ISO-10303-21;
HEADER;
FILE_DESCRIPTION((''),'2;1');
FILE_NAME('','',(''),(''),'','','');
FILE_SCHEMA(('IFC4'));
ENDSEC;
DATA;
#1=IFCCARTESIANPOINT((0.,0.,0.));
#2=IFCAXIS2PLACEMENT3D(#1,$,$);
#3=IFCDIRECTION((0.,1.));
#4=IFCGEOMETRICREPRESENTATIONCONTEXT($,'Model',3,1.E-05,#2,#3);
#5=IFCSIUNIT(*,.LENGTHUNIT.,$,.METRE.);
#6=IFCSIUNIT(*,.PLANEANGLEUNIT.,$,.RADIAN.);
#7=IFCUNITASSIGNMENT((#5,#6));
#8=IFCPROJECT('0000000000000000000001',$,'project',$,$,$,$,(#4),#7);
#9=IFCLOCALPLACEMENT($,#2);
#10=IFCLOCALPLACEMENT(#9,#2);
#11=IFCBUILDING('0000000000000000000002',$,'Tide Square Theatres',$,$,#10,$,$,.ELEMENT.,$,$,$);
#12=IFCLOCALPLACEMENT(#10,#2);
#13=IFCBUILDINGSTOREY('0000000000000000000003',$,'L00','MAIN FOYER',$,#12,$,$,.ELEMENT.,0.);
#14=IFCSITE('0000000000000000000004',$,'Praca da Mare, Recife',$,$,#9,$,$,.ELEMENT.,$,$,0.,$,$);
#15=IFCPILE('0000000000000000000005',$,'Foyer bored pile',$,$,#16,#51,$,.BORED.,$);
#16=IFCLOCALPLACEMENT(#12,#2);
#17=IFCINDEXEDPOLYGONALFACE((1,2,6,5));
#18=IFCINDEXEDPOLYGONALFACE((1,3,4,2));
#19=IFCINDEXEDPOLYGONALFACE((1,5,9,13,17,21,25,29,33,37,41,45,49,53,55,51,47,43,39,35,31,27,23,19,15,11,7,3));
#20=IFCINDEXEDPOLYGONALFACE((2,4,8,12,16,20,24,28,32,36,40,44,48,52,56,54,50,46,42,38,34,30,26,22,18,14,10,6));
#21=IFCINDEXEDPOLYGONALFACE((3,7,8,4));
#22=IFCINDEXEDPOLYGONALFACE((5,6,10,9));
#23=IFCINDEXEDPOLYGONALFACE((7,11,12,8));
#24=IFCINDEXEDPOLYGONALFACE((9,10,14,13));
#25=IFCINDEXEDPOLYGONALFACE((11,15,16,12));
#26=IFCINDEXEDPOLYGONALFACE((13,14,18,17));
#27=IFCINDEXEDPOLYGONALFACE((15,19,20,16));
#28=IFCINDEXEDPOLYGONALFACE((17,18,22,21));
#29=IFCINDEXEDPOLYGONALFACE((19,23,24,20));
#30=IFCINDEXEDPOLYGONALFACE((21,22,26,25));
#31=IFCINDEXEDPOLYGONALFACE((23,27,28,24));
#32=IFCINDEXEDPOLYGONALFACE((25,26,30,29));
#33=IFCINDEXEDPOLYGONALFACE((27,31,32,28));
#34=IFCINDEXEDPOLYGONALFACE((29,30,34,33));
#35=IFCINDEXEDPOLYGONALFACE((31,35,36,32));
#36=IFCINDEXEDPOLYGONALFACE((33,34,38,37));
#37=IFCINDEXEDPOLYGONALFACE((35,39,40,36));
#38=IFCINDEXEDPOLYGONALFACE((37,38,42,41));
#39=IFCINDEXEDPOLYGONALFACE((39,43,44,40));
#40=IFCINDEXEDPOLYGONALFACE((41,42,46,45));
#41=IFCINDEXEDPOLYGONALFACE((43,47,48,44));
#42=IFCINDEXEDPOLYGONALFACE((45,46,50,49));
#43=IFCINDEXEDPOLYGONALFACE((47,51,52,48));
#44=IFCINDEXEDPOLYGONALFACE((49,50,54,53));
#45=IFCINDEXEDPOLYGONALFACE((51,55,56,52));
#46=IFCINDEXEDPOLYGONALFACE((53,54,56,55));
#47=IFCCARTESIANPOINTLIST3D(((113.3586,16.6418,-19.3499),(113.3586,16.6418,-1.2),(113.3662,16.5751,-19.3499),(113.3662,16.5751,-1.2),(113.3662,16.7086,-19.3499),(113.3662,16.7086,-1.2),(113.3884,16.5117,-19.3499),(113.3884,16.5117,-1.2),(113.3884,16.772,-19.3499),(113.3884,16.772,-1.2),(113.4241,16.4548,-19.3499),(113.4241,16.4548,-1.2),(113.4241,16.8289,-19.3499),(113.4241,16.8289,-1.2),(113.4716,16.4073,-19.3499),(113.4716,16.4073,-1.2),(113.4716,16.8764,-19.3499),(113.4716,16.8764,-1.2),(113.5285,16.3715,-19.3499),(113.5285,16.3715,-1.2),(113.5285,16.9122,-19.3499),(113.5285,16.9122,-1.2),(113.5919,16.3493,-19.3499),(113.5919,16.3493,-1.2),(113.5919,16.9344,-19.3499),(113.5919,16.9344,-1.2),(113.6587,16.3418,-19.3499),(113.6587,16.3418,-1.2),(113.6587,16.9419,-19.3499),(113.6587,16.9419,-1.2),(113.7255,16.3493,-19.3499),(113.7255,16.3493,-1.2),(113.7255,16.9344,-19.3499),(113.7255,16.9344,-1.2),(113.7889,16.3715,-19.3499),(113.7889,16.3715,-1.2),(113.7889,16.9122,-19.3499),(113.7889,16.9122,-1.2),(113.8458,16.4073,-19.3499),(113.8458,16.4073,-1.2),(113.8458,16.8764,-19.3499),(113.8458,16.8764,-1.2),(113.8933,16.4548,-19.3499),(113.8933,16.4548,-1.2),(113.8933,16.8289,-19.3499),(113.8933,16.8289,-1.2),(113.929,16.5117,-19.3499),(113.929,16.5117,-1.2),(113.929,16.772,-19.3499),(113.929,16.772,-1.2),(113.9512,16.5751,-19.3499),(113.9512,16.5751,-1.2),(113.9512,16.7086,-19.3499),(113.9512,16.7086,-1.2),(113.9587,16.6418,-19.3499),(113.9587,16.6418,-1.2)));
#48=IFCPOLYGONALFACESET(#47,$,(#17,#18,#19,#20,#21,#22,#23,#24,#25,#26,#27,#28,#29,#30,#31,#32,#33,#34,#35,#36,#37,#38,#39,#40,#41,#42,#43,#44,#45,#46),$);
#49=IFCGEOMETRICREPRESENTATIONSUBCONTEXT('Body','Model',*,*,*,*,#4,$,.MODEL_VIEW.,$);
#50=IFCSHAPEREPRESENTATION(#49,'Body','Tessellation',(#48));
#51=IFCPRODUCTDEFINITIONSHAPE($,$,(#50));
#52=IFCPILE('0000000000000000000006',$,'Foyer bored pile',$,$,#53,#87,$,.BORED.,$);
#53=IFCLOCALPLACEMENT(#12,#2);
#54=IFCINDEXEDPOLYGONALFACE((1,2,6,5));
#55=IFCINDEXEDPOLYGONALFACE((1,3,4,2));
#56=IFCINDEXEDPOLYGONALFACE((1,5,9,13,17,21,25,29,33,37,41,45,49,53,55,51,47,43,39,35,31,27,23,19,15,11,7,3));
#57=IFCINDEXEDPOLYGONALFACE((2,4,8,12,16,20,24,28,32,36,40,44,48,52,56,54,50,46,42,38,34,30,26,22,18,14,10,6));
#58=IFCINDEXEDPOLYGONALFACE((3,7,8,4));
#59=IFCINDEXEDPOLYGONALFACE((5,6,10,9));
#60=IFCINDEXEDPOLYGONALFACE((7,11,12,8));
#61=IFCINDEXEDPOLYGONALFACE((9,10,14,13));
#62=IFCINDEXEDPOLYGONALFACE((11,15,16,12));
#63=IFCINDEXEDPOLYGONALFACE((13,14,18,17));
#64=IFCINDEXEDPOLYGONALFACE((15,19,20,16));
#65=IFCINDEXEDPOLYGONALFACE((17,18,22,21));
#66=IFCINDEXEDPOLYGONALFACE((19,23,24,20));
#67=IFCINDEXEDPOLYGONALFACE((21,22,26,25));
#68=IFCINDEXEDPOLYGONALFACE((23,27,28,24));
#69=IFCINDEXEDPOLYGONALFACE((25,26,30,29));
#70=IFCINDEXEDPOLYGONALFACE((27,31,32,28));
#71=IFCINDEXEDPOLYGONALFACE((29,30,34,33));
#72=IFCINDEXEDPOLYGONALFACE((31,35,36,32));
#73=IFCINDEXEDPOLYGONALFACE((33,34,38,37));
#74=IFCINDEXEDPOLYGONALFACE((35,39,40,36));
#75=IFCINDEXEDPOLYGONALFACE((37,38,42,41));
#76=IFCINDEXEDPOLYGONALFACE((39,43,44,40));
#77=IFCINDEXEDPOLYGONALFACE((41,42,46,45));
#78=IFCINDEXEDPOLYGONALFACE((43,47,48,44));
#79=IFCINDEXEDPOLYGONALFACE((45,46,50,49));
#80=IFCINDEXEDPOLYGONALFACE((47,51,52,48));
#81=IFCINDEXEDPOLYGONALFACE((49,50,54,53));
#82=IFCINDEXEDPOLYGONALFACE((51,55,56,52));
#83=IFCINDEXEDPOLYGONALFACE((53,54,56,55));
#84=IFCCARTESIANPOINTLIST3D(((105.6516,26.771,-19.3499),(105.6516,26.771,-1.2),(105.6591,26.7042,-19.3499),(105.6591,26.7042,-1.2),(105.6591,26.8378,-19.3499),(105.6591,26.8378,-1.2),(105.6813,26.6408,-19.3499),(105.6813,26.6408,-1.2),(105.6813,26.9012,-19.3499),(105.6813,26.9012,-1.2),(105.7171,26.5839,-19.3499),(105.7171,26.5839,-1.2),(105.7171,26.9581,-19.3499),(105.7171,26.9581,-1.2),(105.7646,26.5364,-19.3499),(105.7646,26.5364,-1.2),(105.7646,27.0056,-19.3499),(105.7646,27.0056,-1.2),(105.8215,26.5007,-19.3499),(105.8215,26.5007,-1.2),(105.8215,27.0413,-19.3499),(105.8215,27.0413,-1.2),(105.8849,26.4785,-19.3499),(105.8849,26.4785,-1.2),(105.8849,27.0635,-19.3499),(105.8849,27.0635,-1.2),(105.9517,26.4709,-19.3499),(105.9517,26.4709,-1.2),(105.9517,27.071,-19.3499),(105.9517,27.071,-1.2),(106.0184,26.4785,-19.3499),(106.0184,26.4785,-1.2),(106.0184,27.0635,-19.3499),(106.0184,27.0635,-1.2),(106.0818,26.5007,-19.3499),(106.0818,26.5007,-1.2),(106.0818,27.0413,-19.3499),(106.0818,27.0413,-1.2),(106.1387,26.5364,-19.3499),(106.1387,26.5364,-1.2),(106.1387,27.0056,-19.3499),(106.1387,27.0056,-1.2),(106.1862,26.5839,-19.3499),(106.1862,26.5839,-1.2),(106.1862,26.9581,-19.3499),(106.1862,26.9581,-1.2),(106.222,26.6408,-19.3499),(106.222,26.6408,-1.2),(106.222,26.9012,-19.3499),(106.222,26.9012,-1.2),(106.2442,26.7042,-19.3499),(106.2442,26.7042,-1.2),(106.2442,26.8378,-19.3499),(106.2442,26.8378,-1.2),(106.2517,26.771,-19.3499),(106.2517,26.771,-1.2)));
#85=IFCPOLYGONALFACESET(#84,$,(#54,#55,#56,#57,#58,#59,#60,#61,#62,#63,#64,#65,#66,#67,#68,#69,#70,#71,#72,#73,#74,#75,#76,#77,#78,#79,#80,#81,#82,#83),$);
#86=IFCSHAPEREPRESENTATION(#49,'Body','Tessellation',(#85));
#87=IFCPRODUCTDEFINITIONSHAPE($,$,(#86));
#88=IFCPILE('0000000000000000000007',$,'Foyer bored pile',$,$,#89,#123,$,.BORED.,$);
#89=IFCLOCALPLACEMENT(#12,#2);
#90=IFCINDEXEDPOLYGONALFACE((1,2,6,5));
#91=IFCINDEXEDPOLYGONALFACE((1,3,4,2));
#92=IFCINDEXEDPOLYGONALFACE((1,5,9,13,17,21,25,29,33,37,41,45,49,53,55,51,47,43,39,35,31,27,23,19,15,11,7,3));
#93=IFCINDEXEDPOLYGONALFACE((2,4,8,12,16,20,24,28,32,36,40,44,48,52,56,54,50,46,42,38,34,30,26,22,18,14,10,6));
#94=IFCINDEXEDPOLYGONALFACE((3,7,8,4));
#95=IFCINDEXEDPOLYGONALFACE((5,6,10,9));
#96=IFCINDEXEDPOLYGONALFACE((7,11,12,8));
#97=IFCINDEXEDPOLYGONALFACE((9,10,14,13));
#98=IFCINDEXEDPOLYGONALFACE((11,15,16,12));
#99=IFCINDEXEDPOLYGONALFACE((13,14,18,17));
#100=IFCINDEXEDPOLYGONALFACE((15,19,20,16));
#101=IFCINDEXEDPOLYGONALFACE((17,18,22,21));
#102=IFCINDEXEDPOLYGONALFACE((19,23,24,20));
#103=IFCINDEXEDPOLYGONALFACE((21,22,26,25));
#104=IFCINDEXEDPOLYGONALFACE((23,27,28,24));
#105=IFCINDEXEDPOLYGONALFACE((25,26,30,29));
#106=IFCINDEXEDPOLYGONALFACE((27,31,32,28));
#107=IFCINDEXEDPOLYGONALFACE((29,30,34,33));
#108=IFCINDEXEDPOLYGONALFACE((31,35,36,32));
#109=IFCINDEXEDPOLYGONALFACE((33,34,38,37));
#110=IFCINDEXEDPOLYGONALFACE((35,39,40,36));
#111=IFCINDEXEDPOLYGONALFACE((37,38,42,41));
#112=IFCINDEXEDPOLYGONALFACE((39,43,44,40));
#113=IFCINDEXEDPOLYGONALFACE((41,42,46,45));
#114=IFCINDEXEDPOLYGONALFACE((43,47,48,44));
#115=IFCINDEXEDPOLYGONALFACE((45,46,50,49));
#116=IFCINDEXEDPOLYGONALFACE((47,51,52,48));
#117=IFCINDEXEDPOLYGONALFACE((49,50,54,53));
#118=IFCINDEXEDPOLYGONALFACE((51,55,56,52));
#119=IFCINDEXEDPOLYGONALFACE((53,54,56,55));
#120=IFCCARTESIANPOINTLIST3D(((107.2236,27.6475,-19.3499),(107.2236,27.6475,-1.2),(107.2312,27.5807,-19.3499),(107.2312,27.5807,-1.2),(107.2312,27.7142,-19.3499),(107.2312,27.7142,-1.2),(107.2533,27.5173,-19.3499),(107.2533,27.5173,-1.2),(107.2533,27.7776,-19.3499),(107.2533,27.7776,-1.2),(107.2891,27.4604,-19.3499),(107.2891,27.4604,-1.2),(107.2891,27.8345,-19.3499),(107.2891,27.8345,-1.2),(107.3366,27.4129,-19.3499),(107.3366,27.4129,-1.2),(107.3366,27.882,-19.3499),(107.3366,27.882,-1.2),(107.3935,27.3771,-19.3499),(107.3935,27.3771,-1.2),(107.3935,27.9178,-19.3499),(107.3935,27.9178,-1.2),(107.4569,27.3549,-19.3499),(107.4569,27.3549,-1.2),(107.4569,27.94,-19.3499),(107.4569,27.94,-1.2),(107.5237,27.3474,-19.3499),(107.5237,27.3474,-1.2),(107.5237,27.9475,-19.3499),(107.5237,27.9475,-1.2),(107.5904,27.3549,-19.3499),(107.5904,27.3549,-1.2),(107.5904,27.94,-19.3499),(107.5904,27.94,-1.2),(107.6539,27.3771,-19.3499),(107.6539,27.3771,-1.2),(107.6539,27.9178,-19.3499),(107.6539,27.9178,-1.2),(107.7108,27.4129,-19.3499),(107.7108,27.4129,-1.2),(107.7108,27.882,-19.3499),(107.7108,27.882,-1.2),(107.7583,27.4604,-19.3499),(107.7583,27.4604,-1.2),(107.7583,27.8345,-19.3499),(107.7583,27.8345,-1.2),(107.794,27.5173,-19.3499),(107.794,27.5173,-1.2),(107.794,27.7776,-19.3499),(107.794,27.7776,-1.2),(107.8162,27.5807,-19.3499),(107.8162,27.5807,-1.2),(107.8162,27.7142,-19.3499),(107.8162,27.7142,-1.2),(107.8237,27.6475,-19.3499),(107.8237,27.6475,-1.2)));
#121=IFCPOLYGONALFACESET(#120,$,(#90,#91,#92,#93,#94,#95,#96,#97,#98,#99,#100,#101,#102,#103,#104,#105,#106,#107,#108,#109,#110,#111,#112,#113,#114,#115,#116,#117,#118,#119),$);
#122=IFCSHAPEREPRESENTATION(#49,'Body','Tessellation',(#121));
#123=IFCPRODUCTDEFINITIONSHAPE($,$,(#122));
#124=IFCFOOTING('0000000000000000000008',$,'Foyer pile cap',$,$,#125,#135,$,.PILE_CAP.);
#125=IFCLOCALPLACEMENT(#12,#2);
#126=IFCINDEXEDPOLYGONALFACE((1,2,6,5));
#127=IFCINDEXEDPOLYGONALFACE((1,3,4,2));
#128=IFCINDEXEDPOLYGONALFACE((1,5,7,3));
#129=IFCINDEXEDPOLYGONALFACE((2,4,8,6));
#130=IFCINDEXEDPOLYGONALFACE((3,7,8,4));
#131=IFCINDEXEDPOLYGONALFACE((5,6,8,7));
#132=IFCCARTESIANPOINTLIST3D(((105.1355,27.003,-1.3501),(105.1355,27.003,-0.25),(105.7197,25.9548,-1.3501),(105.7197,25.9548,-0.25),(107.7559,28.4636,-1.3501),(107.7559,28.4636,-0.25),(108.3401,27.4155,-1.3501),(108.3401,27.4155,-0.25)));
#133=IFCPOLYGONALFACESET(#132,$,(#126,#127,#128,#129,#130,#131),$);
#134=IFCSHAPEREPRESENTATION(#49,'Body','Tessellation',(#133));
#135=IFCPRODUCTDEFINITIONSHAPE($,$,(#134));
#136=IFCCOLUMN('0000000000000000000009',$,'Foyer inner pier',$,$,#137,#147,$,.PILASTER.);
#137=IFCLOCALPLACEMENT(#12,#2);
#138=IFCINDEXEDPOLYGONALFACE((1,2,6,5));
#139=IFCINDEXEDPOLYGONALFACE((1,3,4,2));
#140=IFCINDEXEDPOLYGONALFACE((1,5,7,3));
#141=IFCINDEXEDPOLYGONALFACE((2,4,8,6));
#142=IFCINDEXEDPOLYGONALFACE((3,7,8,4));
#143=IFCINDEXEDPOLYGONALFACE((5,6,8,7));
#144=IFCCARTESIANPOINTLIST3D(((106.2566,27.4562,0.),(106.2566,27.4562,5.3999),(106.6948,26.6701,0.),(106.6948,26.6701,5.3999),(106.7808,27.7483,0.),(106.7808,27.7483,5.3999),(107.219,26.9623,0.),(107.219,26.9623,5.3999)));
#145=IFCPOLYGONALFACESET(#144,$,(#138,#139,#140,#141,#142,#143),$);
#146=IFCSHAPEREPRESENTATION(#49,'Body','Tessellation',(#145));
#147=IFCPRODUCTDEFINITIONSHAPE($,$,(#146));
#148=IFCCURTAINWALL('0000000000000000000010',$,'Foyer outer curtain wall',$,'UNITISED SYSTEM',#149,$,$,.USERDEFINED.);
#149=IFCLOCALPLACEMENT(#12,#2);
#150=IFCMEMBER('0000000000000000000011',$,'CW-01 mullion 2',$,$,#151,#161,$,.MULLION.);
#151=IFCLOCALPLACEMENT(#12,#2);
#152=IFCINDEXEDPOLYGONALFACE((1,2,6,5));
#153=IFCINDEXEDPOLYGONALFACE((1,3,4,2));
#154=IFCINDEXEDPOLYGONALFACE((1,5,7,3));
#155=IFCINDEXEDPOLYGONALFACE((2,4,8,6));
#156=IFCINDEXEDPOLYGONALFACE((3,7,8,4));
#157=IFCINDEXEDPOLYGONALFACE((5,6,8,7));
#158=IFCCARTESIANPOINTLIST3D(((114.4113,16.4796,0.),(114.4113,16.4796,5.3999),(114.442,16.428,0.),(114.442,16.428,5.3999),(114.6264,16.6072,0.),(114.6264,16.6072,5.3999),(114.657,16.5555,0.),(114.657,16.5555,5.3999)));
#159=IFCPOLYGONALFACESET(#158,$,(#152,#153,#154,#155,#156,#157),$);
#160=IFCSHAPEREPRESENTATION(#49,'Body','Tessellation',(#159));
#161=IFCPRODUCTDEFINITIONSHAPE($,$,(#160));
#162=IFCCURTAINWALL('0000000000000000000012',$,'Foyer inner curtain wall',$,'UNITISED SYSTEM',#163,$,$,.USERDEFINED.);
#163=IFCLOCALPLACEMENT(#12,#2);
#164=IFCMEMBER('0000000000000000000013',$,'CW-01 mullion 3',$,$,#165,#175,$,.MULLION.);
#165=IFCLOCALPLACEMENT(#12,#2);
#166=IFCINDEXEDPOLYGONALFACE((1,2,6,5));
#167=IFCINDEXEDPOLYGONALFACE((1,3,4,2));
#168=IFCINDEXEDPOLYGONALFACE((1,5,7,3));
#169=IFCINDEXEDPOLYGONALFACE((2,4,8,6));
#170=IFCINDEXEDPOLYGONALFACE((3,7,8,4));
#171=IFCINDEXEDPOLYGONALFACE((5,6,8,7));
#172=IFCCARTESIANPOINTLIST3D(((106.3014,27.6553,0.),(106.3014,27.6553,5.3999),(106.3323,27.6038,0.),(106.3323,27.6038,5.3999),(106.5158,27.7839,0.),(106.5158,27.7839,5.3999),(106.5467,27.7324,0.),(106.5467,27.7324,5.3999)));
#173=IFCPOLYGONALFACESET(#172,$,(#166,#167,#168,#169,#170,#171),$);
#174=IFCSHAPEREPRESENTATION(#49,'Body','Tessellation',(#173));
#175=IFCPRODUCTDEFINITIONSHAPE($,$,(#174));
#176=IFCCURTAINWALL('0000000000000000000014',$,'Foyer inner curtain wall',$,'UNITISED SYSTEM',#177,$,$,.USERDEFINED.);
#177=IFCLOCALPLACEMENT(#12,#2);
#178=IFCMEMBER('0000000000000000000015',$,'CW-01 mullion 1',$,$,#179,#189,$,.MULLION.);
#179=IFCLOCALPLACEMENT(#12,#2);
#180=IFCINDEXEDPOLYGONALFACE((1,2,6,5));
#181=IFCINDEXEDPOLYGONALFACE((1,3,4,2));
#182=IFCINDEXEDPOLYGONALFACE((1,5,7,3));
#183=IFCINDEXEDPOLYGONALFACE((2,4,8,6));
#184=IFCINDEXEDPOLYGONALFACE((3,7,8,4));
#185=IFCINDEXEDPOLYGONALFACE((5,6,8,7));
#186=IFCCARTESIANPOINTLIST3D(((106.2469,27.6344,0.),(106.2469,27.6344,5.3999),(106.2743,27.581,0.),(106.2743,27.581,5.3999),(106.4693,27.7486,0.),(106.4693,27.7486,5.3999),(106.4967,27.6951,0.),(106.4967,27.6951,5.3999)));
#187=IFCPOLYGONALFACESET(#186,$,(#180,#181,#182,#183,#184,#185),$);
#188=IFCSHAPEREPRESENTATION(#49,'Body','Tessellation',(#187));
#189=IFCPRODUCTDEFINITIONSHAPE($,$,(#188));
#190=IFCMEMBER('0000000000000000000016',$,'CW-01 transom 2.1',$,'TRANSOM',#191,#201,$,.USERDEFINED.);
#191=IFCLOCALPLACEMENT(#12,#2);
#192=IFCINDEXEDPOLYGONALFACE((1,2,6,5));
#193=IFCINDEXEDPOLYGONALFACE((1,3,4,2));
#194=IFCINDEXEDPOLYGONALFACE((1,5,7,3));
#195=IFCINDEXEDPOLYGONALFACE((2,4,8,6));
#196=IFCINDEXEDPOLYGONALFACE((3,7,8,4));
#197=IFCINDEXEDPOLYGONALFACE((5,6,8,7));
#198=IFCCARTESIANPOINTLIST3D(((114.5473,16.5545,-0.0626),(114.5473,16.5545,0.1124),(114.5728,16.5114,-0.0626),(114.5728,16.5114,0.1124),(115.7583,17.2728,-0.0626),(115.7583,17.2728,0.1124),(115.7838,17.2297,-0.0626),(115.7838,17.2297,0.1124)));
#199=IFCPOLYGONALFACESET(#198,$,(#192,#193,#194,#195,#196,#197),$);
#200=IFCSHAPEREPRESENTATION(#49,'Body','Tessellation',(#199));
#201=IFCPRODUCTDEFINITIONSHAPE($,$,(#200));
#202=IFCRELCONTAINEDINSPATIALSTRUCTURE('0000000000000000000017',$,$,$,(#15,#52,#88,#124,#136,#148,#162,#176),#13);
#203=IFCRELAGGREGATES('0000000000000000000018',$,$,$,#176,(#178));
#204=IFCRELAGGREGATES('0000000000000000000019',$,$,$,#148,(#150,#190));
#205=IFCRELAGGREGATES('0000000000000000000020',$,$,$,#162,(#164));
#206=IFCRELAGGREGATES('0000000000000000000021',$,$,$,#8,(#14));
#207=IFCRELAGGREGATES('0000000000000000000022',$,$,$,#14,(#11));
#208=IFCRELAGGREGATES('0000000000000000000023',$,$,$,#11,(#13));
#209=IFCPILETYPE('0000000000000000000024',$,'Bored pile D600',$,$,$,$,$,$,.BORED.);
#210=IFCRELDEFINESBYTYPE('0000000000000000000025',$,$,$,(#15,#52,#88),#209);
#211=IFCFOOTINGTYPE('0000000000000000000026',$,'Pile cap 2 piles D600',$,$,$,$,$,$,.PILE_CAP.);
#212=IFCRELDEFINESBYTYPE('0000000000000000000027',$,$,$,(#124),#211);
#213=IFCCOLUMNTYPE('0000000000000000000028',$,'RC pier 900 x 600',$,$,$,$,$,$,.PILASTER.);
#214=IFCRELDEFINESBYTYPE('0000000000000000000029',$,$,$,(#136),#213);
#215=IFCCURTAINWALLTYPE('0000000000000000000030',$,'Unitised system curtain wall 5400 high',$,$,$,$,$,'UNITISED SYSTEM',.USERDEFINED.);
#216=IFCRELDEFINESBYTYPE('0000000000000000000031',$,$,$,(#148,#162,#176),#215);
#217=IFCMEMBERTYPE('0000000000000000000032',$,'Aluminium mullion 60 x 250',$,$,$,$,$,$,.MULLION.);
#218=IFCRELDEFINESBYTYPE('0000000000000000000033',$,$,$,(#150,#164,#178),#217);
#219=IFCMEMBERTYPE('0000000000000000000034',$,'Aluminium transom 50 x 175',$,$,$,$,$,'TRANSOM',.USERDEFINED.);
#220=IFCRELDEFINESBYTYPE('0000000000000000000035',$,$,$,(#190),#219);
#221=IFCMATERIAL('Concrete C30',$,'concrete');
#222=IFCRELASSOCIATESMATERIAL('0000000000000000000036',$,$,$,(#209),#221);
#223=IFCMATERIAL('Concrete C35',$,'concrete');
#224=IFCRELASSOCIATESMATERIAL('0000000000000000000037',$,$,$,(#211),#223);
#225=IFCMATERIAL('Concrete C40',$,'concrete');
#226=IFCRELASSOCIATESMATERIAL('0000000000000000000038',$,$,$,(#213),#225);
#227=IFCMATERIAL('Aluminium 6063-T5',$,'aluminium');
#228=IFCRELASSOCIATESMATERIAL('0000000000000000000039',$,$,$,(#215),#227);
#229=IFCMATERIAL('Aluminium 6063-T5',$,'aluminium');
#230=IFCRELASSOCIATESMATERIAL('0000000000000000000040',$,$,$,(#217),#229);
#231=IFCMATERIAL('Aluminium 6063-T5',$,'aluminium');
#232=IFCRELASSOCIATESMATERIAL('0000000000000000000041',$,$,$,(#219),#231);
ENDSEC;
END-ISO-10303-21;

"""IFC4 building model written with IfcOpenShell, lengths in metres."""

from ifc_helpers import new_model, si_unit, direction, frame, origin, origin_2d, place, context, subcontext, project, spatial, rectangle, circle, extrude, material, material_profile, profile_set, type_object, element, aggregate, save


model = new_model("IFC4")

# Units and contexts
model_context = context("Model", 3, precision=1e-05, world=origin(), true_north=direction((0.0, 1.0)))
body_context = subcontext(model_context, "Body", "Model", "MODEL_VIEW")
ifc_project = project(units=[si_unit("LENGTHUNIT", "METRE"), si_unit("PLANEANGLEUNIT", "RADIAN")], contexts=[model_context])

# Site, building, storey
site_placement = place(None, origin())
site = spatial("IfcSite", under=ifc_project, at=site_placement, Name="Praca da Mare, Recife", CompositionType="ELEMENT", RefElevation=0.0)
building_placement = place(site_placement, origin())
building = spatial("IfcBuilding", under=site, at=building_placement, Name="Tide Square Theatres", CompositionType="ELEMENT")
storey_placement = place(building_placement, origin())
storey = spatial("IfcBuildingStorey", under=building, at=storey_placement, Name="L00", Description="MAIN FOYER", CompositionType="ELEMENT", Elevation=0.0)

# Piles
ifc_material_1 = material(Name="Concrete C30", Category="concrete")
ifc_material_profile_1 = material_profile(ifc_material_1, circle(Radius=0.3, at=origin_2d()))
ifc_profile_set_1 = profile_set([ifc_material_profile_1], Name="Concrete C30")
pile_type = type_object("IfcPileType", Name="Bored pile D600", PredefinedType="BORED", material=ifc_profile_set_1)
for number, where, z_axis, x_axis, name in (
    (1, (113.6587, 16.6418, -1.2), (0.0, 0.0, -1.0), (1.0, 0.0, 0.0), "Foyer bored pile"),
    (2, (105.9517, 26.771, -1.2), (0.0, 0.0, -1.0), (1.0, 0.0, 0.0), "Foyer bored pile"),
    (3, (107.5237, 27.6475, -1.2), (0.0, 0.0, -1.0), (1.0, 0.0, 0.0), "Foyer bored pile"),
):
    element("IfcPile", number, at=place(storey_placement, frame(where, z_axis=z_axis, x_axis=x_axis)), inside=storey, type_object=pile_type, Name=name, PredefinedType="BORED", context=body_context, shape_type="SweptSolid", body=[
        extrude(circle(Radius=0.3, at=origin_2d()), origin(), (0.0, 0.0, 1.0), 18.1499),
    ])

# Footing
ifc_material_2 = material(Name="Concrete C35", Category="concrete")
footing_type = type_object("IfcFootingType", Name="Pile cap 2 piles D600", PredefinedType="PILE_CAP", material=ifc_material_2)
footing_placement = place(storey_placement, frame((106.7378, 27.2092, -1.3501), z_axis=(0.0, 0.0, 1.0), x_axis=(0.873464, 0.486889, 0.0)))
element("IfcFooting", 4, at=footing_placement, inside=storey, type_object=footing_type, Name="Foyer pile cap", PredefinedType="PILE_CAP", context=body_context, shape_type="SweptSolid", body=[
    extrude(rectangle(XDim=3.0, YDim=1.2, at=origin_2d()), origin(), (0.0, 0.0, 1.0), 1.1001),
])

# Column
ifc_material_3 = material(Name="Concrete C40", Category="concrete")
ifc_material_profile_2 = material_profile(ifc_material_3, rectangle(XDim=0.8999, YDim=0.6001, at=origin_2d()))
ifc_profile_set_2 = profile_set([ifc_material_profile_2], Name="Concrete C40")
column_type = type_object("IfcColumnType", Name="RC pier 900 x 600", PredefinedType="PILASTER", material=ifc_profile_set_2)
column_placement = place(storey_placement, frame((106.7378, 27.2092, 0.0), z_axis=(0.0, 0.0, 1.0), x_axis=(0.486889, -0.873464, 0.0)))
element("IfcColumn", 5, at=column_placement, inside=storey, type_object=column_type, Name="Foyer inner pier", PredefinedType="PILASTER", context=body_context, shape_type="SweptSolid", body=[
    extrude(rectangle(XDim=0.8999, YDim=0.6001, at=origin_2d()), origin(), (0.0, 0.0, 1.0), 5.3999),
])

# Curtain walls, members
ifc_material_4 = material(Name="Aluminium 6063-T5", Category="aluminium")
curtain_wall_type = type_object("IfcCurtainWallType", Name="Unitised system curtain wall 5400 high", ElementType="UNITISED SYSTEM", PredefinedType="USERDEFINED", material=ifc_material_4)
curtain_wall_1_placement = place(storey_placement, origin())
curtain_wall_1 = element("IfcCurtainWall", 6, at=curtain_wall_1_placement, inside=storey, type_object=curtain_wall_type, Name="Foyer outer curtain wall", ObjectType="UNITISED SYSTEM", PredefinedType="USERDEFINED")
ifc_material_5 = material(Name="Aluminium 6063-T5", Category="aluminium")
ifc_material_profile_3 = material_profile(ifc_material_5, rectangle(XDim=0.0601, YDim=0.25, at=origin_2d()))
ifc_profile_set_3 = profile_set([ifc_material_profile_3], Name="Aluminium 6063-T5")
member_type_1 = type_object("IfcMemberType", Name="Aluminium mullion 60 x 250", PredefinedType="MULLION", material=ifc_profile_set_3)
member_1_placement = place(storey_placement, frame((114.5342, 16.5176, 0.0), z_axis=(0.0, 0.0, 1.0), x_axis=(-0.510125, 0.8601, 0.0)))
member_1 = element("IfcMember", 7, at=member_1_placement, type_object=member_type_1, Name="CW-01 mullion 2", PredefinedType="MULLION", context=body_context, shape_type="SweptSolid", body=[
    extrude(rectangle(XDim=0.0601, YDim=0.25, at=origin_2d()), origin(), (0.0, 0.0, 1.0), 5.3999),
])
curtain_wall_2_placement = place(storey_placement, origin())
curtain_wall_2 = element("IfcCurtainWall", 8, at=curtain_wall_2_placement, inside=storey, type_object=curtain_wall_type, Name="Foyer inner curtain wall", ObjectType="UNITISED SYSTEM", PredefinedType="USERDEFINED")
member_2_placement = place(storey_placement, frame((106.4241, 27.6938, 0.0), z_axis=(0.0, 0.0, 1.0), x_axis=(0.514128, -0.857714, 0.0)))
member_2 = element("IfcMember", 9, at=member_2_placement, type_object=member_type_1, Name="CW-01 mullion 3", PredefinedType="MULLION", context=body_context, shape_type="SweptSolid", body=[
    extrude(rectangle(XDim=0.0601, YDim=0.25, at=origin_2d()), origin(), (0.0, 0.0, 1.0), 5.3999),
])
curtain_wall_3_placement = place(storey_placement, origin())
curtain_wall_3 = element("IfcCurtainWall", 10, at=curtain_wall_3_placement, inside=storey, type_object=curtain_wall_type, Name="Foyer inner curtain wall", ObjectType="UNITISED SYSTEM", PredefinedType="USERDEFINED")
member_3_placement = place(storey_placement, frame((106.3718, 27.6648, 0.0), z_axis=(0.0, 0.0, 1.0), x_axis=(0.456564, -0.889691, 0.0)))
member_3 = element("IfcMember", 11, at=member_3_placement, type_object=member_type_1, Name="CW-01 mullion 1", PredefinedType="MULLION", context=body_context, shape_type="SweptSolid", body=[
    extrude(rectangle(XDim=0.0601, YDim=0.25, at=origin_2d()), origin(), (0.0, 0.0, 1.0), 5.3999),
])

# Member
ifc_material_6 = material(Name="Aluminium 6063-T5", Category="aluminium")
ifc_material_profile_4 = material_profile(ifc_material_6, rectangle(XDim=0.05, YDim=0.175, at=origin_2d()))
ifc_profile_set_4 = profile_set([ifc_material_profile_4], Name="Aluminium 6063-T5")
member_type_2 = type_object("IfcMemberType", Name="Aluminium transom 50 x 175", ElementType="TRANSOM", PredefinedType="USERDEFINED", material=ifc_profile_set_4)
member_4_placement = place(storey_placement, frame((114.5601, 16.533, 0.0249), z_axis=(0.860083, 0.510154, 0.0), x_axis=(-0.510154, 0.860083, 0.0)))
member_4 = element("IfcMember", 12, at=member_4_placement, type_object=member_type_2, Name="CW-01 transom 2.1", ObjectType="TRANSOM", PredefinedType="USERDEFINED", context=body_context, shape_type="SweptSolid", body=[
    extrude(rectangle(XDim=0.05, YDim=0.175, at=origin_2d()), origin(), (0.0, 0.0, 1.0), 1.408),
])
aggregate(curtain_wall_3, [member_3])

aggregate(curtain_wall_1, [member_1, member_4])
aggregate(curtain_wall_2, [member_2])

save(model, "model.ifc")
